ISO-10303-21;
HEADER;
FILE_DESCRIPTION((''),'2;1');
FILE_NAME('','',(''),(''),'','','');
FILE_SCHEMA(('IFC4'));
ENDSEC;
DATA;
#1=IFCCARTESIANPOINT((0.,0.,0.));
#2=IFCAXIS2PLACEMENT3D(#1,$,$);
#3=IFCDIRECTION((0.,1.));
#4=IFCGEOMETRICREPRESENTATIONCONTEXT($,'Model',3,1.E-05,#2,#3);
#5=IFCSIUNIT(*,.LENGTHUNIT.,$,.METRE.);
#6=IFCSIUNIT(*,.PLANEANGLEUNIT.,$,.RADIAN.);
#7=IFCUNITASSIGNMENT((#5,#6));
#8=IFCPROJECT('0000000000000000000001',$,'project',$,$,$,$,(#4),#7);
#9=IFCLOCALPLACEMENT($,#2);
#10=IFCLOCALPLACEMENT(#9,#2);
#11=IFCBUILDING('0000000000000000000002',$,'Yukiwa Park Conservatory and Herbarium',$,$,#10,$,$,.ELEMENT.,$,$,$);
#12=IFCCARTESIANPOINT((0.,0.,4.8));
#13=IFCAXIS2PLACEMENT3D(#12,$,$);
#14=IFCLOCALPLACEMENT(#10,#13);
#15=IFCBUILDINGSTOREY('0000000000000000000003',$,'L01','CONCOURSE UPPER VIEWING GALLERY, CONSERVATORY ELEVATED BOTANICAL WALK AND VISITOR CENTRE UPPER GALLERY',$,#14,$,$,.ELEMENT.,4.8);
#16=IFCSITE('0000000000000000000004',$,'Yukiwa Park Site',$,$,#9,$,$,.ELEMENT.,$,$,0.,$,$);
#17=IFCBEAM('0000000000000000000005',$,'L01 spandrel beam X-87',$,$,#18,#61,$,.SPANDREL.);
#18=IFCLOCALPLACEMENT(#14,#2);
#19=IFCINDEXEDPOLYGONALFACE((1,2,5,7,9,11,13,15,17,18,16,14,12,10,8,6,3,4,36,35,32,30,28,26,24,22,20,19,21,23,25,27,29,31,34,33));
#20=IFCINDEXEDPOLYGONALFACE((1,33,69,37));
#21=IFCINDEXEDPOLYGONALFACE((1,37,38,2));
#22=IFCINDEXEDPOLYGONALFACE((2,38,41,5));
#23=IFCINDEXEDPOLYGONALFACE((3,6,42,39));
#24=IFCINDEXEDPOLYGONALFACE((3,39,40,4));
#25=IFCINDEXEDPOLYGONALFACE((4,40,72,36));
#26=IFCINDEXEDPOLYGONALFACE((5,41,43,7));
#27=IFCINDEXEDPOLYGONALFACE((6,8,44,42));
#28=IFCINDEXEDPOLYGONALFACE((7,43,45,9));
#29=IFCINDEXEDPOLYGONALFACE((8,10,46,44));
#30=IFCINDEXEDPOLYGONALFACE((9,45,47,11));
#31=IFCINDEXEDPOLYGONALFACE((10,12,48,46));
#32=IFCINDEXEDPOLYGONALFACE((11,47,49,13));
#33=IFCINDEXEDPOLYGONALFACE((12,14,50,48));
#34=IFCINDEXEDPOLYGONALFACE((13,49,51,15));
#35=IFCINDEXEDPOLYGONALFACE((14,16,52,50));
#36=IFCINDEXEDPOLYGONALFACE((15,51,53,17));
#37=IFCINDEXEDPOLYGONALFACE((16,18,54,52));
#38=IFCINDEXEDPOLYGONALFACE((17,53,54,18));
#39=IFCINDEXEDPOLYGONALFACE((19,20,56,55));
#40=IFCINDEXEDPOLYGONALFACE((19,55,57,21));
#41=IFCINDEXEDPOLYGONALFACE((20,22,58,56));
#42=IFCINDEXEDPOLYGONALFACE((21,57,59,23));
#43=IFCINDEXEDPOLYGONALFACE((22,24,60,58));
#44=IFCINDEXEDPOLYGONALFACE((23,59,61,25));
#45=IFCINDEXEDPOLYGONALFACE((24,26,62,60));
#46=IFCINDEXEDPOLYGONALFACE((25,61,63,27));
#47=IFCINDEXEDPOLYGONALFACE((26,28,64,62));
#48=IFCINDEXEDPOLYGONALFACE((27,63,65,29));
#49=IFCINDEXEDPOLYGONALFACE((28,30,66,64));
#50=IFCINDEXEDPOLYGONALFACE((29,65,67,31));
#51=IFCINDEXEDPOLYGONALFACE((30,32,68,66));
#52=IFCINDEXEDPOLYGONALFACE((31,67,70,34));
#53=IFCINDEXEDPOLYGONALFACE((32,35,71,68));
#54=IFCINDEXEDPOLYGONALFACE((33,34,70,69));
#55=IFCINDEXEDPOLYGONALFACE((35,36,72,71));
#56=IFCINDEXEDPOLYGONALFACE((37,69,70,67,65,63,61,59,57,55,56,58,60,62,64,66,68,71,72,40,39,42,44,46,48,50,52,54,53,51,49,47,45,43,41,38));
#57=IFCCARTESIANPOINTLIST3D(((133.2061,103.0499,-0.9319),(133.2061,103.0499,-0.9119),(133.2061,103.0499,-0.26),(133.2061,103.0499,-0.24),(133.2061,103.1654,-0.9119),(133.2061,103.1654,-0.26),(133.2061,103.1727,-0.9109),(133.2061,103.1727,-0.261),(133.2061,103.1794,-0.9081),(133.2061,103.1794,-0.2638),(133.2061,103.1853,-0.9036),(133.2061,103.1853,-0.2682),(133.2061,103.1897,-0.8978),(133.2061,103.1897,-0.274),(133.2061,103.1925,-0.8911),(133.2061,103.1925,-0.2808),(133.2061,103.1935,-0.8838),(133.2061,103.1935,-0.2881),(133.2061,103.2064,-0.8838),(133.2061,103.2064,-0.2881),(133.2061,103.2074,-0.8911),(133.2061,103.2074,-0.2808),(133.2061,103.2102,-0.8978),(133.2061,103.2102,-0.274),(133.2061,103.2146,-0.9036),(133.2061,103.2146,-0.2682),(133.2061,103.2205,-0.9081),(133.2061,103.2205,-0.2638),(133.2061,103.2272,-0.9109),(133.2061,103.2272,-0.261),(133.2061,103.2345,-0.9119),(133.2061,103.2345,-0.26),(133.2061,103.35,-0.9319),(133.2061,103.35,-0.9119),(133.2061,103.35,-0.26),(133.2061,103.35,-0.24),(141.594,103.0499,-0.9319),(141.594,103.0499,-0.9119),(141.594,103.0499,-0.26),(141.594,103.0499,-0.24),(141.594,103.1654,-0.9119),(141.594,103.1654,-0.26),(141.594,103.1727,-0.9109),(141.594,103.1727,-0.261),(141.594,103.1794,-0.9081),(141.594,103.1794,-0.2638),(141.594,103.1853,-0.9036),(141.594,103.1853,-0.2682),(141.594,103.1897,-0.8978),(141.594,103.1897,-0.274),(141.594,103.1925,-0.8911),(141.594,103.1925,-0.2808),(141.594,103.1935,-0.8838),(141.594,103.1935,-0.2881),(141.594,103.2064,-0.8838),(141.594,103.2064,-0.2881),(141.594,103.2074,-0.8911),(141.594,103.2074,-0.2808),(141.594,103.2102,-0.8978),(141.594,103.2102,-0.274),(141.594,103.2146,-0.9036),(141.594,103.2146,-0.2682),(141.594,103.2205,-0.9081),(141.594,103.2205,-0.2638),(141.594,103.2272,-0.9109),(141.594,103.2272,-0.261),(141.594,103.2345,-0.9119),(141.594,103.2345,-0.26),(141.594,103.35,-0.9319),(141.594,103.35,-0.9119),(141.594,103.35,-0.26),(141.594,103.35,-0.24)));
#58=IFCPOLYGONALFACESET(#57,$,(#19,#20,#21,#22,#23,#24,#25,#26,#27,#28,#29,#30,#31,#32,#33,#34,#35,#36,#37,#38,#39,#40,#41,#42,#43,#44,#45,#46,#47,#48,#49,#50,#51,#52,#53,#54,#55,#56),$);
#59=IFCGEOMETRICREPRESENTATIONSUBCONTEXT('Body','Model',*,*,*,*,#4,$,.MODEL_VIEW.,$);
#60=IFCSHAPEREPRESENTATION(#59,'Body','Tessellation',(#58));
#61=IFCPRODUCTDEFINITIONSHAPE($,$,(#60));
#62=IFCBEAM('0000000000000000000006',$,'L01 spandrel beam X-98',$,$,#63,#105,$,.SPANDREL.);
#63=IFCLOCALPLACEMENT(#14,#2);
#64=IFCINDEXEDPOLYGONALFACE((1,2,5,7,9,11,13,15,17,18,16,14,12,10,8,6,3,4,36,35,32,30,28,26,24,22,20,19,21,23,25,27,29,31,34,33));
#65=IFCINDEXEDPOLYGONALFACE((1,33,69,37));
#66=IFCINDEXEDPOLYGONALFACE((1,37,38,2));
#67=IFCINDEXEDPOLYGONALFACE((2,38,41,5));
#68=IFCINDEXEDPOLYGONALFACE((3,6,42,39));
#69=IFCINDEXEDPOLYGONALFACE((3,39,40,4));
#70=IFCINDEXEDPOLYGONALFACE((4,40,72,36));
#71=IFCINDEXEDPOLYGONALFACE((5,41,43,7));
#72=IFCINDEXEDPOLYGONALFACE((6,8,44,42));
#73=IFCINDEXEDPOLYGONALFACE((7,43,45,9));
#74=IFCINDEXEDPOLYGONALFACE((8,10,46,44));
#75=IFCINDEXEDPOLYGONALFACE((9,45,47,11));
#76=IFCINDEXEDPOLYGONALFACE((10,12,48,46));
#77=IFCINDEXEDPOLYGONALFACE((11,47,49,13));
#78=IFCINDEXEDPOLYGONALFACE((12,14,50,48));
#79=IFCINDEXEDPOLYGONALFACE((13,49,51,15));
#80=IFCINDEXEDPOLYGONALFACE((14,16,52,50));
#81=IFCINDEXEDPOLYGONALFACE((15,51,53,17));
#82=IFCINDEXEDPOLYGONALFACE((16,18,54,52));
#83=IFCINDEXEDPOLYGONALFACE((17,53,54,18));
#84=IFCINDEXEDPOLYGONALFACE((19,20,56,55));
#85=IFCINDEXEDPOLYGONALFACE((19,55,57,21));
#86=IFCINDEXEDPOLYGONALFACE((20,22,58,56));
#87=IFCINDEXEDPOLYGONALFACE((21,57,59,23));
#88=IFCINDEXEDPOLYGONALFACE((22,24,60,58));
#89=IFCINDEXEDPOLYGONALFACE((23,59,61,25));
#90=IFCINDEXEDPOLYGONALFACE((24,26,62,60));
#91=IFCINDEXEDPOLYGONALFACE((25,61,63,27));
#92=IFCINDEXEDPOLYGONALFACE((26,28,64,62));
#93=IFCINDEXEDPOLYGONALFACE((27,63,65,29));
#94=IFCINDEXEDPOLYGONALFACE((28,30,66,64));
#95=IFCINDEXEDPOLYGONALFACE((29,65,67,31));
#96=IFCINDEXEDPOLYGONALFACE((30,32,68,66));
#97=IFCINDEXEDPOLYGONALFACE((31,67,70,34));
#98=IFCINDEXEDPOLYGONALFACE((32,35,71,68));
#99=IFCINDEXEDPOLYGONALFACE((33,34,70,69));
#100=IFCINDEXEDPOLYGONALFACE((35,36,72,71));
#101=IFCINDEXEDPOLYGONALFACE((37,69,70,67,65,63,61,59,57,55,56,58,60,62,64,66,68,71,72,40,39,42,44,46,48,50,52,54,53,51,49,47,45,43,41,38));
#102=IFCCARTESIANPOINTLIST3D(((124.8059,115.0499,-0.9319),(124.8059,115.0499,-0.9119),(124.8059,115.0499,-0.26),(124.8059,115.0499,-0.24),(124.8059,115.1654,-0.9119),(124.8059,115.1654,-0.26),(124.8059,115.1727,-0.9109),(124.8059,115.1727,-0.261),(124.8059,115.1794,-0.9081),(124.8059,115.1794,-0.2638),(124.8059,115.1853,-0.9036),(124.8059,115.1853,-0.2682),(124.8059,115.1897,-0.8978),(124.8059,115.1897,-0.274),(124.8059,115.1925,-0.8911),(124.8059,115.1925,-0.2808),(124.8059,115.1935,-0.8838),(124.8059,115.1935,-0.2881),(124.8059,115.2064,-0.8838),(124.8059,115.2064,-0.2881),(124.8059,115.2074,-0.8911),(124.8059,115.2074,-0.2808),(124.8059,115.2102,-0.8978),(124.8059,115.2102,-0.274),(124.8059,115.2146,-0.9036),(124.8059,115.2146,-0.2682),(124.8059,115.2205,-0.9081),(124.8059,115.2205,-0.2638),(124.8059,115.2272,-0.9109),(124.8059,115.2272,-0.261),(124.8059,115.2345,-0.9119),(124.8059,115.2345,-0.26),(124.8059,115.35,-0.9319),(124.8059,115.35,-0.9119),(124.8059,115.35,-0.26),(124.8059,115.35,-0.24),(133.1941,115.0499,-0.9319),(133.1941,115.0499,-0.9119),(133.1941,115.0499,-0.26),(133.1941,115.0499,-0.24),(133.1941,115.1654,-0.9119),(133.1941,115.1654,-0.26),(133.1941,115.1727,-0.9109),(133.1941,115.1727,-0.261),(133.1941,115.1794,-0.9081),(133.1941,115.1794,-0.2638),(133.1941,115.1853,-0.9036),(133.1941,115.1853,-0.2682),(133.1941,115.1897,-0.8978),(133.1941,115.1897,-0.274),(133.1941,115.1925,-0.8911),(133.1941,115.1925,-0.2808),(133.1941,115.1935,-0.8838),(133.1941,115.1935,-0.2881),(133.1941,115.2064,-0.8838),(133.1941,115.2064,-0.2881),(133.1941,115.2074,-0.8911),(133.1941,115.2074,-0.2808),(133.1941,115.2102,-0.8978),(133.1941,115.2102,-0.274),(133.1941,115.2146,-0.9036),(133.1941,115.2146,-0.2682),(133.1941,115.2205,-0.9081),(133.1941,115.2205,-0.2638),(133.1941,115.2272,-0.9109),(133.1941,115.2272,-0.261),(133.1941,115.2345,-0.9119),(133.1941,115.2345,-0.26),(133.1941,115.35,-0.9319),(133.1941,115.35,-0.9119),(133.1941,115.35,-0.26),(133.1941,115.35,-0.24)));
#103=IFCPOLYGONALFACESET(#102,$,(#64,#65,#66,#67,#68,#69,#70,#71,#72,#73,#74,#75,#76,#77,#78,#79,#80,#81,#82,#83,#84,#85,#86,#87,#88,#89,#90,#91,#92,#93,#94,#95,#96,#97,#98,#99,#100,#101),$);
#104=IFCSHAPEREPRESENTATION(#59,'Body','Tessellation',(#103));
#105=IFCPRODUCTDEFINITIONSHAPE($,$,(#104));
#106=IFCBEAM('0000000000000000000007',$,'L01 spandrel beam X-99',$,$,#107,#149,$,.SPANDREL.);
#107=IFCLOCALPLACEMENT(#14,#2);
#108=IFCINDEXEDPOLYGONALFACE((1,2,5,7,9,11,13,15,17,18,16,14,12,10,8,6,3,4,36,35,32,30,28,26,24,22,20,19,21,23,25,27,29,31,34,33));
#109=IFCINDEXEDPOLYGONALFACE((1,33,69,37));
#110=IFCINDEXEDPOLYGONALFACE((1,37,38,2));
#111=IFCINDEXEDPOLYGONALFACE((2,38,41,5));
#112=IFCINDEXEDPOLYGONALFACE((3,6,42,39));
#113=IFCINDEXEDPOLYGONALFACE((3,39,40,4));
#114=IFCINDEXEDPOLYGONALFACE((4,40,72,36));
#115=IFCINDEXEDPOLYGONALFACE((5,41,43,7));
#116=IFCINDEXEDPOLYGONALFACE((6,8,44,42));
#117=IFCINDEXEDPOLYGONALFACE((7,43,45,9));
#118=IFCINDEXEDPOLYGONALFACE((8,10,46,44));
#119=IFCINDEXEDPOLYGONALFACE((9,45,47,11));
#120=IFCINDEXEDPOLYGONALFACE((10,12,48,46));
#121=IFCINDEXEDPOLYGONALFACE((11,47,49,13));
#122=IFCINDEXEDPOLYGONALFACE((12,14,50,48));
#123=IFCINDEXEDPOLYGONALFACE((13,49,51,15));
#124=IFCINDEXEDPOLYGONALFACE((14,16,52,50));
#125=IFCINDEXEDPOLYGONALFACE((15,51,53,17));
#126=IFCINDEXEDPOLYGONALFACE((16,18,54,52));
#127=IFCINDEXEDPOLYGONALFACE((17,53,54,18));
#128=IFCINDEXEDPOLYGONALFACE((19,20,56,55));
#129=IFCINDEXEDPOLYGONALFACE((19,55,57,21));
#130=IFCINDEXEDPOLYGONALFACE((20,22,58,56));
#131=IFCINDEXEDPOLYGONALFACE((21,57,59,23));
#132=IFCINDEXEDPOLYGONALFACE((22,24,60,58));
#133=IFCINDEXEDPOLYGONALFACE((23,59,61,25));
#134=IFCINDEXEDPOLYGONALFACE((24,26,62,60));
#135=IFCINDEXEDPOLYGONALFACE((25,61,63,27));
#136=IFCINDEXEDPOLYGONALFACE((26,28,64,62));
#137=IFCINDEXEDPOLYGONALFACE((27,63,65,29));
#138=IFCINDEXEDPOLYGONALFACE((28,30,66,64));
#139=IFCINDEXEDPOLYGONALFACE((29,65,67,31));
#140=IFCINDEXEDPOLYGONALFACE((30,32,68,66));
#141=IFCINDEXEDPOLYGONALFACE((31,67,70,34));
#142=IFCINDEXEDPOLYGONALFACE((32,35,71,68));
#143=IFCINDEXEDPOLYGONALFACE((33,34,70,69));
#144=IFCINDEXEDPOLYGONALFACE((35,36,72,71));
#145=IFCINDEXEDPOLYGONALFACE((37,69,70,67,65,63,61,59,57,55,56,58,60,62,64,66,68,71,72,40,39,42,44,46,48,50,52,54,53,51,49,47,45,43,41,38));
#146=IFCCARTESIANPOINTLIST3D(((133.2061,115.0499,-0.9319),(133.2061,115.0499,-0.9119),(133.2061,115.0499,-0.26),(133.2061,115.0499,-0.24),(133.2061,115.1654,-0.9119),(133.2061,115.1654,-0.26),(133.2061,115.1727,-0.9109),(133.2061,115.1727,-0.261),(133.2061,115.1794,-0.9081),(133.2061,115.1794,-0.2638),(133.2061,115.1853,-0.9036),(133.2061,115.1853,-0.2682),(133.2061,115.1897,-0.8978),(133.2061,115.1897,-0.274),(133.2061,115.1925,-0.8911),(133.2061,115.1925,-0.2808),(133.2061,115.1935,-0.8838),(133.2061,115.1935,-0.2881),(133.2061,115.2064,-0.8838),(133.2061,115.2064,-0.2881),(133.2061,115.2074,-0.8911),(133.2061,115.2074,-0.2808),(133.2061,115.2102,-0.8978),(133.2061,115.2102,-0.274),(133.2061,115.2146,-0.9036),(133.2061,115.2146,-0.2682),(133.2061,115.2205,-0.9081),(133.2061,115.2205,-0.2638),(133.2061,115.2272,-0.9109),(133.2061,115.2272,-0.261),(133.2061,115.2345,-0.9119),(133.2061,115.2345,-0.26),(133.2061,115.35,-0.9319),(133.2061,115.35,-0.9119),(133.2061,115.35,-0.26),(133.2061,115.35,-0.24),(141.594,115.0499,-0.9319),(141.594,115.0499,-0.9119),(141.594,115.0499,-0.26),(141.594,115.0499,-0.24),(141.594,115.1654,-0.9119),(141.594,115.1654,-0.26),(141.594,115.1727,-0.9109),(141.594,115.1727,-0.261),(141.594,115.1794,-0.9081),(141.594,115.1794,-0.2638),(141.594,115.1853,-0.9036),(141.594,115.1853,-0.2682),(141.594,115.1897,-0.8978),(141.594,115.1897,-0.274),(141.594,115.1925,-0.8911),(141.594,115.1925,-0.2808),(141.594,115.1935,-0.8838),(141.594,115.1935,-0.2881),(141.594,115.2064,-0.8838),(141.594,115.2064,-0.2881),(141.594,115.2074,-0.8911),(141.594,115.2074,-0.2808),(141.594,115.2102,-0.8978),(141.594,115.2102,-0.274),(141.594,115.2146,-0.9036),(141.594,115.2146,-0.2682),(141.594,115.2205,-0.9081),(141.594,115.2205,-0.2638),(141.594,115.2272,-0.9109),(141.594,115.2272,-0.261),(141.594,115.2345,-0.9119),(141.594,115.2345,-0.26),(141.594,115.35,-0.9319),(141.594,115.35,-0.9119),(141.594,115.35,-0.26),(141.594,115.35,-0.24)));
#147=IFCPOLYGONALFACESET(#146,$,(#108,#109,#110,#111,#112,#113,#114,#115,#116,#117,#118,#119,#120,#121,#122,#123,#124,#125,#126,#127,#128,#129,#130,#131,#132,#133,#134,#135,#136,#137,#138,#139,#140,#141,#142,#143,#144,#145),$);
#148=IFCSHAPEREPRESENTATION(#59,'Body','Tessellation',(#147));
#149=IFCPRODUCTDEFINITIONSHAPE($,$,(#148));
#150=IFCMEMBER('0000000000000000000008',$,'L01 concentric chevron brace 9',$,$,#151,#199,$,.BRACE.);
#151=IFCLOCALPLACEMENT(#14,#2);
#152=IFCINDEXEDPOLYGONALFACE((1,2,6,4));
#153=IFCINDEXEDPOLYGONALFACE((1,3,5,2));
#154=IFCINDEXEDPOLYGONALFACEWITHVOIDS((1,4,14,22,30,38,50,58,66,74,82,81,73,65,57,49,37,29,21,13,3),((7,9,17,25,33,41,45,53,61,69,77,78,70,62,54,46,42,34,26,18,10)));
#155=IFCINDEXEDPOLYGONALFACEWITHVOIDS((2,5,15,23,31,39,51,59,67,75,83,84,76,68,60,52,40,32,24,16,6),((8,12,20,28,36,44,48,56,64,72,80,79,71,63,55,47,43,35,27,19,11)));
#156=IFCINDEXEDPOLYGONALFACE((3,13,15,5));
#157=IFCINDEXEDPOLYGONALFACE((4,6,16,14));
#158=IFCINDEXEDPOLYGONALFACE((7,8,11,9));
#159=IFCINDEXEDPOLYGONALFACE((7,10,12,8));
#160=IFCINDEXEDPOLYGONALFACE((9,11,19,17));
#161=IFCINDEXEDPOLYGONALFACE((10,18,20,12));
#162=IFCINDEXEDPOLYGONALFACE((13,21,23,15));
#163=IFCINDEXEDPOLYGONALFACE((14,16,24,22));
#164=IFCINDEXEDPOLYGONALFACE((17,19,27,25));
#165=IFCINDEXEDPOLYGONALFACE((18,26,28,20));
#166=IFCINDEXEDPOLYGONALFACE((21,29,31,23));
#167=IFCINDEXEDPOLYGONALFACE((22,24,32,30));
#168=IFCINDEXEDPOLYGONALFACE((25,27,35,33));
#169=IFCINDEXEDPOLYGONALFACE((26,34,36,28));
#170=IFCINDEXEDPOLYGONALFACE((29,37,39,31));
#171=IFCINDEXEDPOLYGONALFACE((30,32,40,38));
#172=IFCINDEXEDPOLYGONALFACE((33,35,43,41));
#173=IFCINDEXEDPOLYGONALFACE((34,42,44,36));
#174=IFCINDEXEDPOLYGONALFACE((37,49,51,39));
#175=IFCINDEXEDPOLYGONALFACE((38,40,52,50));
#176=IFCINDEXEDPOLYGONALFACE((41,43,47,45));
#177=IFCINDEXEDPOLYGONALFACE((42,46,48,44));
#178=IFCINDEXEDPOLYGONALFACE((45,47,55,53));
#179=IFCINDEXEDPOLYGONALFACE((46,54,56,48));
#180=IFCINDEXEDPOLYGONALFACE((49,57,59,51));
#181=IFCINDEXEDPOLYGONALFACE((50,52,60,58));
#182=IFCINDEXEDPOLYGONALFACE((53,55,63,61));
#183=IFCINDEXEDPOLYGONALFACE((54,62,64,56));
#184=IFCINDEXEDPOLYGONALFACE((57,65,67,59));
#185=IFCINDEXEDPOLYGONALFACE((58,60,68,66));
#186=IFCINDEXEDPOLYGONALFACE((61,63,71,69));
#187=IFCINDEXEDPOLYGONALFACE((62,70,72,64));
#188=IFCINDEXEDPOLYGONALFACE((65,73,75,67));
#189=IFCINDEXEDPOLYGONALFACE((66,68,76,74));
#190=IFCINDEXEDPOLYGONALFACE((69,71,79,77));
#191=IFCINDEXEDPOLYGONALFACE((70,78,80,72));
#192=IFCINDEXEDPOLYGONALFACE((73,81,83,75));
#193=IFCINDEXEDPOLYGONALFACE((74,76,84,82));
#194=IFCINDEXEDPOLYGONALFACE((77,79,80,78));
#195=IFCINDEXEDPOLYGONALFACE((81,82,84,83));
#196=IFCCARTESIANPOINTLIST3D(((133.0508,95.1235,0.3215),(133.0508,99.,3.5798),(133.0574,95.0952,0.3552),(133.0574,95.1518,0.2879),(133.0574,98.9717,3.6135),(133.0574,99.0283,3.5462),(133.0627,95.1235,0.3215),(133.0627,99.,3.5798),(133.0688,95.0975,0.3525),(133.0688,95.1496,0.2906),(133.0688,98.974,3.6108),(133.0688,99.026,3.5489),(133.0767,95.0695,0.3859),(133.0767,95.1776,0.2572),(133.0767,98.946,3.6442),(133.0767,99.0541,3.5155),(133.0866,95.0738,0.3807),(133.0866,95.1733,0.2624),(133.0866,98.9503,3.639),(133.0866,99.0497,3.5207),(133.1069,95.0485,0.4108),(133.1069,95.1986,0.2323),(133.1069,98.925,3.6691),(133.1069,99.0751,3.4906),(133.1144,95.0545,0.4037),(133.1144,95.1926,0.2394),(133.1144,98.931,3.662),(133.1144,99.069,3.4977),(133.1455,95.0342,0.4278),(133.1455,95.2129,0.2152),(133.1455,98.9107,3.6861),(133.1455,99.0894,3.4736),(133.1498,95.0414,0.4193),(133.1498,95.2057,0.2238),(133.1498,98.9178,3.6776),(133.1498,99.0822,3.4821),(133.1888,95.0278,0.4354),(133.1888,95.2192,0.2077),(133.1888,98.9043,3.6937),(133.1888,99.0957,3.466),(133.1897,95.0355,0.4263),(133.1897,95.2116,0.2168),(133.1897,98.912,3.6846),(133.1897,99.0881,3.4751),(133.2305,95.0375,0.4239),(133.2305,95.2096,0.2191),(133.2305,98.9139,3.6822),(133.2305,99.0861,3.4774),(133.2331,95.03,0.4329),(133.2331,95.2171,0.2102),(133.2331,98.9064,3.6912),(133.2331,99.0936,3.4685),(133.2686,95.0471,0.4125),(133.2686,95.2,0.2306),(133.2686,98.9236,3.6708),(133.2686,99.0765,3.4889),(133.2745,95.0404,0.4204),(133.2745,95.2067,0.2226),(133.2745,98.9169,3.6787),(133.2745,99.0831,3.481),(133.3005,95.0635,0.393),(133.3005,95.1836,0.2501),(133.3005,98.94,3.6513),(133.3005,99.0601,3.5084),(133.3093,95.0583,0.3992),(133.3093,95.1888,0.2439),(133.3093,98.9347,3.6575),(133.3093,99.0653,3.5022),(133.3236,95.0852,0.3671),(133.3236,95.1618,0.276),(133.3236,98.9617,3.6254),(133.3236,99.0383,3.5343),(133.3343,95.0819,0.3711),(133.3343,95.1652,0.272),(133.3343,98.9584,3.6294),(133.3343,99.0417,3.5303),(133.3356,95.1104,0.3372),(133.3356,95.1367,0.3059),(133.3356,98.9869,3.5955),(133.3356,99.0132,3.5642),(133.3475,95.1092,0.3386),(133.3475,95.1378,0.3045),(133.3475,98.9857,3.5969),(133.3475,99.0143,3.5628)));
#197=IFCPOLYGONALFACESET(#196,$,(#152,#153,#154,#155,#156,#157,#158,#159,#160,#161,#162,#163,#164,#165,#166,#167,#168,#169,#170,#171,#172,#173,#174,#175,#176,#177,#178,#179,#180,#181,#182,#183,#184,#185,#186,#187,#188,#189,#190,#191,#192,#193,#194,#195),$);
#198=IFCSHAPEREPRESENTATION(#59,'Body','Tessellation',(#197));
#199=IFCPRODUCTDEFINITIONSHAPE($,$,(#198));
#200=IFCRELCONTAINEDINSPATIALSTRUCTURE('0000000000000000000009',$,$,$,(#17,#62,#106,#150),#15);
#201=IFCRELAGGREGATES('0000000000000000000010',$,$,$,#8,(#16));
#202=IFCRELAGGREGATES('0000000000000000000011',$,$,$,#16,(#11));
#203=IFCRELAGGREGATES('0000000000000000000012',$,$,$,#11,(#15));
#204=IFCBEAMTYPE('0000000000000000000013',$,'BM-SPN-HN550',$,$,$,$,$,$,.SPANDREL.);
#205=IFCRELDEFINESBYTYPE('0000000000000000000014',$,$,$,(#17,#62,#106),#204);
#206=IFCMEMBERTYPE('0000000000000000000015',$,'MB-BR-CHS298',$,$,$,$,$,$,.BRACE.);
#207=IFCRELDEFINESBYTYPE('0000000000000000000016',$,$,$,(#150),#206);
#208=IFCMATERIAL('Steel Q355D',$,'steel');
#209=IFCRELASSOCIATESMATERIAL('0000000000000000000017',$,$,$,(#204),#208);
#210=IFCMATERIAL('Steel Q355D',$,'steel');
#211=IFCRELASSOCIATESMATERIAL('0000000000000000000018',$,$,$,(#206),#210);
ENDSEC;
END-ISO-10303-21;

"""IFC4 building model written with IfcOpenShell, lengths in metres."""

from ifc_helpers import new_model, si_unit, direction, frame, origin, origin_2d, place, context, subcontext, project, spatial, hollow_circle, i_section, extrude, material, material_profile, profile_set, type_object, element, save


model = new_model("IFC4")

# Units and contexts
model_context = context("Model", 3, precision=1e-05, world=origin(), true_north=direction((0.0, 1.0)))
body_context = subcontext(model_context, "Body", "Model", "MODEL_VIEW")
ifc_project = project(units=[si_unit("LENGTHUNIT", "METRE"), si_unit("PLANEANGLEUNIT", "RADIAN")], contexts=[model_context])

# Site, building, storey
site_placement = place(None, origin())
site = spatial("IfcSite", under=ifc_project, at=site_placement, Name="Yukiwa Park Site", CompositionType="ELEMENT", RefElevation=0.0)
building_placement = place(site_placement, origin())
building = spatial("IfcBuilding", under=site, at=building_placement, Name="Yukiwa Park Conservatory and Herbarium", CompositionType="ELEMENT")
storey_placement = place(building_placement, frame((0.0, 0.0, 4.8)))
storey = spatial("IfcBuildingStorey", under=building, at=storey_placement, Name="L01", Description="CONCOURSE UPPER VIEWING GALLERY, CONSERVATORY ELEVATED BOTANICAL WALK AND VISITOR CENTRE UPPER GALLERY", CompositionType="ELEMENT", Elevation=4.8)

# Beams
ifc_material_1 = material(Name="Steel Q355D", Category="steel")
ifc_material_profile_1 = material_profile(ifc_material_1, i_section(OverallWidth=0.3, OverallDepth=0.6919, WebThickness=0.0129, FlangeThickness=0.02, FilletRadius=0.0281, at=origin_2d()), Name="HN 692x300x13x20")
ifc_profile_set_1 = profile_set([ifc_material_profile_1], Name="Steel Q355D")
beam_type_1 = type_object("IfcBeamType", Name="BM-SPN-HN550", PredefinedType="SPANDREL", material=ifc_profile_set_1)
beam_1_placement = place(storey_placement, frame((133.2061, 103.2, -0.5859), z_axis=(1.0, 0.0, 0.0), x_axis=(0.0, 1.0, 0.0)))
element("IfcBeam", 1, at=beam_1_placement, inside=storey, type_object=beam_type_1, Name="L01 spandrel beam X-87", PredefinedType="SPANDREL", context=body_context, shape_type="SweptSolid", body=[
    extrude(i_section(OverallWidth=0.3, OverallDepth=0.6919, WebThickness=0.0129, FlangeThickness=0.02, FilletRadius=0.0281, at=origin_2d()), origin(), (0.0, 0.0, 1.0), 8.3879),
])
beam_2_placement = place(storey_placement, frame((124.8059, 115.2, -0.5859), z_axis=(1.0, 0.0, 0.0), x_axis=(0.0, 1.0, 0.0)))
element("IfcBeam", 2, at=beam_2_placement, inside=storey, type_object=beam_type_1, Name="L01 spandrel beam X-98", PredefinedType="SPANDREL", context=body_context, shape_type="SweptSolid", body=[
    extrude(i_section(OverallWidth=0.3, OverallDepth=0.6919, WebThickness=0.0129, FlangeThickness=0.02, FilletRadius=0.0281, at=origin_2d()), origin(), (0.0, 0.0, 1.0), 8.3882),
])
beam_3_placement = place(storey_placement, frame((133.2061, 115.2, -0.5859), z_axis=(1.0, 0.0, 0.0), x_axis=(0.0, 1.0, 0.0)))
element("IfcBeam", 3, at=beam_3_placement, inside=storey, type_object=beam_type_1, Name="L01 spandrel beam X-99", PredefinedType="SPANDREL", context=body_context, shape_type="SweptSolid", body=[
    extrude(i_section(OverallWidth=0.3, OverallDepth=0.6919, WebThickness=0.0129, FlangeThickness=0.02, FilletRadius=0.0281, at=origin_2d()), origin(), (0.0, 0.0, 1.0), 8.3879),
])

# Member
ifc_material_2 = material(Name="Steel Q355D", Category="steel")
ifc_material_profile_2 = material_profile(ifc_material_2, hollow_circle(Radius=0.1492, WallThickness=0.012, at=origin_2d()), Name="CHS 298.5x12")
ifc_profile_set_2 = profile_set([ifc_material_profile_2], Name="Steel Q355D")
member_type = type_object("IfcMemberType", Name="MB-BR-CHS298", PredefinedType="BRACE", material=ifc_profile_set_2)
for number, where, z_axis, x_axis, name in (
    (4, (133.2, 95.1235, 0.3215), (0.0, 0.765503, 0.643432), (-1.0, 0.0, 0.0), "L01 concentric chevron brace 9"),
):
    element("IfcMember", number, at=place(storey_placement, frame(where, z_axis=z_axis, x_axis=x_axis)), inside=storey, type_object=member_type, Name=name, PredefinedType="BRACE", context=body_context, shape_type="SweptSolid", body=[
        extrude(hollow_circle(Radius=0.1492, WallThickness=0.012, at=origin_2d()), origin(), (0.0, 0.0, 1.0), 5.064),
    ])

save(model, "model.ifc")
